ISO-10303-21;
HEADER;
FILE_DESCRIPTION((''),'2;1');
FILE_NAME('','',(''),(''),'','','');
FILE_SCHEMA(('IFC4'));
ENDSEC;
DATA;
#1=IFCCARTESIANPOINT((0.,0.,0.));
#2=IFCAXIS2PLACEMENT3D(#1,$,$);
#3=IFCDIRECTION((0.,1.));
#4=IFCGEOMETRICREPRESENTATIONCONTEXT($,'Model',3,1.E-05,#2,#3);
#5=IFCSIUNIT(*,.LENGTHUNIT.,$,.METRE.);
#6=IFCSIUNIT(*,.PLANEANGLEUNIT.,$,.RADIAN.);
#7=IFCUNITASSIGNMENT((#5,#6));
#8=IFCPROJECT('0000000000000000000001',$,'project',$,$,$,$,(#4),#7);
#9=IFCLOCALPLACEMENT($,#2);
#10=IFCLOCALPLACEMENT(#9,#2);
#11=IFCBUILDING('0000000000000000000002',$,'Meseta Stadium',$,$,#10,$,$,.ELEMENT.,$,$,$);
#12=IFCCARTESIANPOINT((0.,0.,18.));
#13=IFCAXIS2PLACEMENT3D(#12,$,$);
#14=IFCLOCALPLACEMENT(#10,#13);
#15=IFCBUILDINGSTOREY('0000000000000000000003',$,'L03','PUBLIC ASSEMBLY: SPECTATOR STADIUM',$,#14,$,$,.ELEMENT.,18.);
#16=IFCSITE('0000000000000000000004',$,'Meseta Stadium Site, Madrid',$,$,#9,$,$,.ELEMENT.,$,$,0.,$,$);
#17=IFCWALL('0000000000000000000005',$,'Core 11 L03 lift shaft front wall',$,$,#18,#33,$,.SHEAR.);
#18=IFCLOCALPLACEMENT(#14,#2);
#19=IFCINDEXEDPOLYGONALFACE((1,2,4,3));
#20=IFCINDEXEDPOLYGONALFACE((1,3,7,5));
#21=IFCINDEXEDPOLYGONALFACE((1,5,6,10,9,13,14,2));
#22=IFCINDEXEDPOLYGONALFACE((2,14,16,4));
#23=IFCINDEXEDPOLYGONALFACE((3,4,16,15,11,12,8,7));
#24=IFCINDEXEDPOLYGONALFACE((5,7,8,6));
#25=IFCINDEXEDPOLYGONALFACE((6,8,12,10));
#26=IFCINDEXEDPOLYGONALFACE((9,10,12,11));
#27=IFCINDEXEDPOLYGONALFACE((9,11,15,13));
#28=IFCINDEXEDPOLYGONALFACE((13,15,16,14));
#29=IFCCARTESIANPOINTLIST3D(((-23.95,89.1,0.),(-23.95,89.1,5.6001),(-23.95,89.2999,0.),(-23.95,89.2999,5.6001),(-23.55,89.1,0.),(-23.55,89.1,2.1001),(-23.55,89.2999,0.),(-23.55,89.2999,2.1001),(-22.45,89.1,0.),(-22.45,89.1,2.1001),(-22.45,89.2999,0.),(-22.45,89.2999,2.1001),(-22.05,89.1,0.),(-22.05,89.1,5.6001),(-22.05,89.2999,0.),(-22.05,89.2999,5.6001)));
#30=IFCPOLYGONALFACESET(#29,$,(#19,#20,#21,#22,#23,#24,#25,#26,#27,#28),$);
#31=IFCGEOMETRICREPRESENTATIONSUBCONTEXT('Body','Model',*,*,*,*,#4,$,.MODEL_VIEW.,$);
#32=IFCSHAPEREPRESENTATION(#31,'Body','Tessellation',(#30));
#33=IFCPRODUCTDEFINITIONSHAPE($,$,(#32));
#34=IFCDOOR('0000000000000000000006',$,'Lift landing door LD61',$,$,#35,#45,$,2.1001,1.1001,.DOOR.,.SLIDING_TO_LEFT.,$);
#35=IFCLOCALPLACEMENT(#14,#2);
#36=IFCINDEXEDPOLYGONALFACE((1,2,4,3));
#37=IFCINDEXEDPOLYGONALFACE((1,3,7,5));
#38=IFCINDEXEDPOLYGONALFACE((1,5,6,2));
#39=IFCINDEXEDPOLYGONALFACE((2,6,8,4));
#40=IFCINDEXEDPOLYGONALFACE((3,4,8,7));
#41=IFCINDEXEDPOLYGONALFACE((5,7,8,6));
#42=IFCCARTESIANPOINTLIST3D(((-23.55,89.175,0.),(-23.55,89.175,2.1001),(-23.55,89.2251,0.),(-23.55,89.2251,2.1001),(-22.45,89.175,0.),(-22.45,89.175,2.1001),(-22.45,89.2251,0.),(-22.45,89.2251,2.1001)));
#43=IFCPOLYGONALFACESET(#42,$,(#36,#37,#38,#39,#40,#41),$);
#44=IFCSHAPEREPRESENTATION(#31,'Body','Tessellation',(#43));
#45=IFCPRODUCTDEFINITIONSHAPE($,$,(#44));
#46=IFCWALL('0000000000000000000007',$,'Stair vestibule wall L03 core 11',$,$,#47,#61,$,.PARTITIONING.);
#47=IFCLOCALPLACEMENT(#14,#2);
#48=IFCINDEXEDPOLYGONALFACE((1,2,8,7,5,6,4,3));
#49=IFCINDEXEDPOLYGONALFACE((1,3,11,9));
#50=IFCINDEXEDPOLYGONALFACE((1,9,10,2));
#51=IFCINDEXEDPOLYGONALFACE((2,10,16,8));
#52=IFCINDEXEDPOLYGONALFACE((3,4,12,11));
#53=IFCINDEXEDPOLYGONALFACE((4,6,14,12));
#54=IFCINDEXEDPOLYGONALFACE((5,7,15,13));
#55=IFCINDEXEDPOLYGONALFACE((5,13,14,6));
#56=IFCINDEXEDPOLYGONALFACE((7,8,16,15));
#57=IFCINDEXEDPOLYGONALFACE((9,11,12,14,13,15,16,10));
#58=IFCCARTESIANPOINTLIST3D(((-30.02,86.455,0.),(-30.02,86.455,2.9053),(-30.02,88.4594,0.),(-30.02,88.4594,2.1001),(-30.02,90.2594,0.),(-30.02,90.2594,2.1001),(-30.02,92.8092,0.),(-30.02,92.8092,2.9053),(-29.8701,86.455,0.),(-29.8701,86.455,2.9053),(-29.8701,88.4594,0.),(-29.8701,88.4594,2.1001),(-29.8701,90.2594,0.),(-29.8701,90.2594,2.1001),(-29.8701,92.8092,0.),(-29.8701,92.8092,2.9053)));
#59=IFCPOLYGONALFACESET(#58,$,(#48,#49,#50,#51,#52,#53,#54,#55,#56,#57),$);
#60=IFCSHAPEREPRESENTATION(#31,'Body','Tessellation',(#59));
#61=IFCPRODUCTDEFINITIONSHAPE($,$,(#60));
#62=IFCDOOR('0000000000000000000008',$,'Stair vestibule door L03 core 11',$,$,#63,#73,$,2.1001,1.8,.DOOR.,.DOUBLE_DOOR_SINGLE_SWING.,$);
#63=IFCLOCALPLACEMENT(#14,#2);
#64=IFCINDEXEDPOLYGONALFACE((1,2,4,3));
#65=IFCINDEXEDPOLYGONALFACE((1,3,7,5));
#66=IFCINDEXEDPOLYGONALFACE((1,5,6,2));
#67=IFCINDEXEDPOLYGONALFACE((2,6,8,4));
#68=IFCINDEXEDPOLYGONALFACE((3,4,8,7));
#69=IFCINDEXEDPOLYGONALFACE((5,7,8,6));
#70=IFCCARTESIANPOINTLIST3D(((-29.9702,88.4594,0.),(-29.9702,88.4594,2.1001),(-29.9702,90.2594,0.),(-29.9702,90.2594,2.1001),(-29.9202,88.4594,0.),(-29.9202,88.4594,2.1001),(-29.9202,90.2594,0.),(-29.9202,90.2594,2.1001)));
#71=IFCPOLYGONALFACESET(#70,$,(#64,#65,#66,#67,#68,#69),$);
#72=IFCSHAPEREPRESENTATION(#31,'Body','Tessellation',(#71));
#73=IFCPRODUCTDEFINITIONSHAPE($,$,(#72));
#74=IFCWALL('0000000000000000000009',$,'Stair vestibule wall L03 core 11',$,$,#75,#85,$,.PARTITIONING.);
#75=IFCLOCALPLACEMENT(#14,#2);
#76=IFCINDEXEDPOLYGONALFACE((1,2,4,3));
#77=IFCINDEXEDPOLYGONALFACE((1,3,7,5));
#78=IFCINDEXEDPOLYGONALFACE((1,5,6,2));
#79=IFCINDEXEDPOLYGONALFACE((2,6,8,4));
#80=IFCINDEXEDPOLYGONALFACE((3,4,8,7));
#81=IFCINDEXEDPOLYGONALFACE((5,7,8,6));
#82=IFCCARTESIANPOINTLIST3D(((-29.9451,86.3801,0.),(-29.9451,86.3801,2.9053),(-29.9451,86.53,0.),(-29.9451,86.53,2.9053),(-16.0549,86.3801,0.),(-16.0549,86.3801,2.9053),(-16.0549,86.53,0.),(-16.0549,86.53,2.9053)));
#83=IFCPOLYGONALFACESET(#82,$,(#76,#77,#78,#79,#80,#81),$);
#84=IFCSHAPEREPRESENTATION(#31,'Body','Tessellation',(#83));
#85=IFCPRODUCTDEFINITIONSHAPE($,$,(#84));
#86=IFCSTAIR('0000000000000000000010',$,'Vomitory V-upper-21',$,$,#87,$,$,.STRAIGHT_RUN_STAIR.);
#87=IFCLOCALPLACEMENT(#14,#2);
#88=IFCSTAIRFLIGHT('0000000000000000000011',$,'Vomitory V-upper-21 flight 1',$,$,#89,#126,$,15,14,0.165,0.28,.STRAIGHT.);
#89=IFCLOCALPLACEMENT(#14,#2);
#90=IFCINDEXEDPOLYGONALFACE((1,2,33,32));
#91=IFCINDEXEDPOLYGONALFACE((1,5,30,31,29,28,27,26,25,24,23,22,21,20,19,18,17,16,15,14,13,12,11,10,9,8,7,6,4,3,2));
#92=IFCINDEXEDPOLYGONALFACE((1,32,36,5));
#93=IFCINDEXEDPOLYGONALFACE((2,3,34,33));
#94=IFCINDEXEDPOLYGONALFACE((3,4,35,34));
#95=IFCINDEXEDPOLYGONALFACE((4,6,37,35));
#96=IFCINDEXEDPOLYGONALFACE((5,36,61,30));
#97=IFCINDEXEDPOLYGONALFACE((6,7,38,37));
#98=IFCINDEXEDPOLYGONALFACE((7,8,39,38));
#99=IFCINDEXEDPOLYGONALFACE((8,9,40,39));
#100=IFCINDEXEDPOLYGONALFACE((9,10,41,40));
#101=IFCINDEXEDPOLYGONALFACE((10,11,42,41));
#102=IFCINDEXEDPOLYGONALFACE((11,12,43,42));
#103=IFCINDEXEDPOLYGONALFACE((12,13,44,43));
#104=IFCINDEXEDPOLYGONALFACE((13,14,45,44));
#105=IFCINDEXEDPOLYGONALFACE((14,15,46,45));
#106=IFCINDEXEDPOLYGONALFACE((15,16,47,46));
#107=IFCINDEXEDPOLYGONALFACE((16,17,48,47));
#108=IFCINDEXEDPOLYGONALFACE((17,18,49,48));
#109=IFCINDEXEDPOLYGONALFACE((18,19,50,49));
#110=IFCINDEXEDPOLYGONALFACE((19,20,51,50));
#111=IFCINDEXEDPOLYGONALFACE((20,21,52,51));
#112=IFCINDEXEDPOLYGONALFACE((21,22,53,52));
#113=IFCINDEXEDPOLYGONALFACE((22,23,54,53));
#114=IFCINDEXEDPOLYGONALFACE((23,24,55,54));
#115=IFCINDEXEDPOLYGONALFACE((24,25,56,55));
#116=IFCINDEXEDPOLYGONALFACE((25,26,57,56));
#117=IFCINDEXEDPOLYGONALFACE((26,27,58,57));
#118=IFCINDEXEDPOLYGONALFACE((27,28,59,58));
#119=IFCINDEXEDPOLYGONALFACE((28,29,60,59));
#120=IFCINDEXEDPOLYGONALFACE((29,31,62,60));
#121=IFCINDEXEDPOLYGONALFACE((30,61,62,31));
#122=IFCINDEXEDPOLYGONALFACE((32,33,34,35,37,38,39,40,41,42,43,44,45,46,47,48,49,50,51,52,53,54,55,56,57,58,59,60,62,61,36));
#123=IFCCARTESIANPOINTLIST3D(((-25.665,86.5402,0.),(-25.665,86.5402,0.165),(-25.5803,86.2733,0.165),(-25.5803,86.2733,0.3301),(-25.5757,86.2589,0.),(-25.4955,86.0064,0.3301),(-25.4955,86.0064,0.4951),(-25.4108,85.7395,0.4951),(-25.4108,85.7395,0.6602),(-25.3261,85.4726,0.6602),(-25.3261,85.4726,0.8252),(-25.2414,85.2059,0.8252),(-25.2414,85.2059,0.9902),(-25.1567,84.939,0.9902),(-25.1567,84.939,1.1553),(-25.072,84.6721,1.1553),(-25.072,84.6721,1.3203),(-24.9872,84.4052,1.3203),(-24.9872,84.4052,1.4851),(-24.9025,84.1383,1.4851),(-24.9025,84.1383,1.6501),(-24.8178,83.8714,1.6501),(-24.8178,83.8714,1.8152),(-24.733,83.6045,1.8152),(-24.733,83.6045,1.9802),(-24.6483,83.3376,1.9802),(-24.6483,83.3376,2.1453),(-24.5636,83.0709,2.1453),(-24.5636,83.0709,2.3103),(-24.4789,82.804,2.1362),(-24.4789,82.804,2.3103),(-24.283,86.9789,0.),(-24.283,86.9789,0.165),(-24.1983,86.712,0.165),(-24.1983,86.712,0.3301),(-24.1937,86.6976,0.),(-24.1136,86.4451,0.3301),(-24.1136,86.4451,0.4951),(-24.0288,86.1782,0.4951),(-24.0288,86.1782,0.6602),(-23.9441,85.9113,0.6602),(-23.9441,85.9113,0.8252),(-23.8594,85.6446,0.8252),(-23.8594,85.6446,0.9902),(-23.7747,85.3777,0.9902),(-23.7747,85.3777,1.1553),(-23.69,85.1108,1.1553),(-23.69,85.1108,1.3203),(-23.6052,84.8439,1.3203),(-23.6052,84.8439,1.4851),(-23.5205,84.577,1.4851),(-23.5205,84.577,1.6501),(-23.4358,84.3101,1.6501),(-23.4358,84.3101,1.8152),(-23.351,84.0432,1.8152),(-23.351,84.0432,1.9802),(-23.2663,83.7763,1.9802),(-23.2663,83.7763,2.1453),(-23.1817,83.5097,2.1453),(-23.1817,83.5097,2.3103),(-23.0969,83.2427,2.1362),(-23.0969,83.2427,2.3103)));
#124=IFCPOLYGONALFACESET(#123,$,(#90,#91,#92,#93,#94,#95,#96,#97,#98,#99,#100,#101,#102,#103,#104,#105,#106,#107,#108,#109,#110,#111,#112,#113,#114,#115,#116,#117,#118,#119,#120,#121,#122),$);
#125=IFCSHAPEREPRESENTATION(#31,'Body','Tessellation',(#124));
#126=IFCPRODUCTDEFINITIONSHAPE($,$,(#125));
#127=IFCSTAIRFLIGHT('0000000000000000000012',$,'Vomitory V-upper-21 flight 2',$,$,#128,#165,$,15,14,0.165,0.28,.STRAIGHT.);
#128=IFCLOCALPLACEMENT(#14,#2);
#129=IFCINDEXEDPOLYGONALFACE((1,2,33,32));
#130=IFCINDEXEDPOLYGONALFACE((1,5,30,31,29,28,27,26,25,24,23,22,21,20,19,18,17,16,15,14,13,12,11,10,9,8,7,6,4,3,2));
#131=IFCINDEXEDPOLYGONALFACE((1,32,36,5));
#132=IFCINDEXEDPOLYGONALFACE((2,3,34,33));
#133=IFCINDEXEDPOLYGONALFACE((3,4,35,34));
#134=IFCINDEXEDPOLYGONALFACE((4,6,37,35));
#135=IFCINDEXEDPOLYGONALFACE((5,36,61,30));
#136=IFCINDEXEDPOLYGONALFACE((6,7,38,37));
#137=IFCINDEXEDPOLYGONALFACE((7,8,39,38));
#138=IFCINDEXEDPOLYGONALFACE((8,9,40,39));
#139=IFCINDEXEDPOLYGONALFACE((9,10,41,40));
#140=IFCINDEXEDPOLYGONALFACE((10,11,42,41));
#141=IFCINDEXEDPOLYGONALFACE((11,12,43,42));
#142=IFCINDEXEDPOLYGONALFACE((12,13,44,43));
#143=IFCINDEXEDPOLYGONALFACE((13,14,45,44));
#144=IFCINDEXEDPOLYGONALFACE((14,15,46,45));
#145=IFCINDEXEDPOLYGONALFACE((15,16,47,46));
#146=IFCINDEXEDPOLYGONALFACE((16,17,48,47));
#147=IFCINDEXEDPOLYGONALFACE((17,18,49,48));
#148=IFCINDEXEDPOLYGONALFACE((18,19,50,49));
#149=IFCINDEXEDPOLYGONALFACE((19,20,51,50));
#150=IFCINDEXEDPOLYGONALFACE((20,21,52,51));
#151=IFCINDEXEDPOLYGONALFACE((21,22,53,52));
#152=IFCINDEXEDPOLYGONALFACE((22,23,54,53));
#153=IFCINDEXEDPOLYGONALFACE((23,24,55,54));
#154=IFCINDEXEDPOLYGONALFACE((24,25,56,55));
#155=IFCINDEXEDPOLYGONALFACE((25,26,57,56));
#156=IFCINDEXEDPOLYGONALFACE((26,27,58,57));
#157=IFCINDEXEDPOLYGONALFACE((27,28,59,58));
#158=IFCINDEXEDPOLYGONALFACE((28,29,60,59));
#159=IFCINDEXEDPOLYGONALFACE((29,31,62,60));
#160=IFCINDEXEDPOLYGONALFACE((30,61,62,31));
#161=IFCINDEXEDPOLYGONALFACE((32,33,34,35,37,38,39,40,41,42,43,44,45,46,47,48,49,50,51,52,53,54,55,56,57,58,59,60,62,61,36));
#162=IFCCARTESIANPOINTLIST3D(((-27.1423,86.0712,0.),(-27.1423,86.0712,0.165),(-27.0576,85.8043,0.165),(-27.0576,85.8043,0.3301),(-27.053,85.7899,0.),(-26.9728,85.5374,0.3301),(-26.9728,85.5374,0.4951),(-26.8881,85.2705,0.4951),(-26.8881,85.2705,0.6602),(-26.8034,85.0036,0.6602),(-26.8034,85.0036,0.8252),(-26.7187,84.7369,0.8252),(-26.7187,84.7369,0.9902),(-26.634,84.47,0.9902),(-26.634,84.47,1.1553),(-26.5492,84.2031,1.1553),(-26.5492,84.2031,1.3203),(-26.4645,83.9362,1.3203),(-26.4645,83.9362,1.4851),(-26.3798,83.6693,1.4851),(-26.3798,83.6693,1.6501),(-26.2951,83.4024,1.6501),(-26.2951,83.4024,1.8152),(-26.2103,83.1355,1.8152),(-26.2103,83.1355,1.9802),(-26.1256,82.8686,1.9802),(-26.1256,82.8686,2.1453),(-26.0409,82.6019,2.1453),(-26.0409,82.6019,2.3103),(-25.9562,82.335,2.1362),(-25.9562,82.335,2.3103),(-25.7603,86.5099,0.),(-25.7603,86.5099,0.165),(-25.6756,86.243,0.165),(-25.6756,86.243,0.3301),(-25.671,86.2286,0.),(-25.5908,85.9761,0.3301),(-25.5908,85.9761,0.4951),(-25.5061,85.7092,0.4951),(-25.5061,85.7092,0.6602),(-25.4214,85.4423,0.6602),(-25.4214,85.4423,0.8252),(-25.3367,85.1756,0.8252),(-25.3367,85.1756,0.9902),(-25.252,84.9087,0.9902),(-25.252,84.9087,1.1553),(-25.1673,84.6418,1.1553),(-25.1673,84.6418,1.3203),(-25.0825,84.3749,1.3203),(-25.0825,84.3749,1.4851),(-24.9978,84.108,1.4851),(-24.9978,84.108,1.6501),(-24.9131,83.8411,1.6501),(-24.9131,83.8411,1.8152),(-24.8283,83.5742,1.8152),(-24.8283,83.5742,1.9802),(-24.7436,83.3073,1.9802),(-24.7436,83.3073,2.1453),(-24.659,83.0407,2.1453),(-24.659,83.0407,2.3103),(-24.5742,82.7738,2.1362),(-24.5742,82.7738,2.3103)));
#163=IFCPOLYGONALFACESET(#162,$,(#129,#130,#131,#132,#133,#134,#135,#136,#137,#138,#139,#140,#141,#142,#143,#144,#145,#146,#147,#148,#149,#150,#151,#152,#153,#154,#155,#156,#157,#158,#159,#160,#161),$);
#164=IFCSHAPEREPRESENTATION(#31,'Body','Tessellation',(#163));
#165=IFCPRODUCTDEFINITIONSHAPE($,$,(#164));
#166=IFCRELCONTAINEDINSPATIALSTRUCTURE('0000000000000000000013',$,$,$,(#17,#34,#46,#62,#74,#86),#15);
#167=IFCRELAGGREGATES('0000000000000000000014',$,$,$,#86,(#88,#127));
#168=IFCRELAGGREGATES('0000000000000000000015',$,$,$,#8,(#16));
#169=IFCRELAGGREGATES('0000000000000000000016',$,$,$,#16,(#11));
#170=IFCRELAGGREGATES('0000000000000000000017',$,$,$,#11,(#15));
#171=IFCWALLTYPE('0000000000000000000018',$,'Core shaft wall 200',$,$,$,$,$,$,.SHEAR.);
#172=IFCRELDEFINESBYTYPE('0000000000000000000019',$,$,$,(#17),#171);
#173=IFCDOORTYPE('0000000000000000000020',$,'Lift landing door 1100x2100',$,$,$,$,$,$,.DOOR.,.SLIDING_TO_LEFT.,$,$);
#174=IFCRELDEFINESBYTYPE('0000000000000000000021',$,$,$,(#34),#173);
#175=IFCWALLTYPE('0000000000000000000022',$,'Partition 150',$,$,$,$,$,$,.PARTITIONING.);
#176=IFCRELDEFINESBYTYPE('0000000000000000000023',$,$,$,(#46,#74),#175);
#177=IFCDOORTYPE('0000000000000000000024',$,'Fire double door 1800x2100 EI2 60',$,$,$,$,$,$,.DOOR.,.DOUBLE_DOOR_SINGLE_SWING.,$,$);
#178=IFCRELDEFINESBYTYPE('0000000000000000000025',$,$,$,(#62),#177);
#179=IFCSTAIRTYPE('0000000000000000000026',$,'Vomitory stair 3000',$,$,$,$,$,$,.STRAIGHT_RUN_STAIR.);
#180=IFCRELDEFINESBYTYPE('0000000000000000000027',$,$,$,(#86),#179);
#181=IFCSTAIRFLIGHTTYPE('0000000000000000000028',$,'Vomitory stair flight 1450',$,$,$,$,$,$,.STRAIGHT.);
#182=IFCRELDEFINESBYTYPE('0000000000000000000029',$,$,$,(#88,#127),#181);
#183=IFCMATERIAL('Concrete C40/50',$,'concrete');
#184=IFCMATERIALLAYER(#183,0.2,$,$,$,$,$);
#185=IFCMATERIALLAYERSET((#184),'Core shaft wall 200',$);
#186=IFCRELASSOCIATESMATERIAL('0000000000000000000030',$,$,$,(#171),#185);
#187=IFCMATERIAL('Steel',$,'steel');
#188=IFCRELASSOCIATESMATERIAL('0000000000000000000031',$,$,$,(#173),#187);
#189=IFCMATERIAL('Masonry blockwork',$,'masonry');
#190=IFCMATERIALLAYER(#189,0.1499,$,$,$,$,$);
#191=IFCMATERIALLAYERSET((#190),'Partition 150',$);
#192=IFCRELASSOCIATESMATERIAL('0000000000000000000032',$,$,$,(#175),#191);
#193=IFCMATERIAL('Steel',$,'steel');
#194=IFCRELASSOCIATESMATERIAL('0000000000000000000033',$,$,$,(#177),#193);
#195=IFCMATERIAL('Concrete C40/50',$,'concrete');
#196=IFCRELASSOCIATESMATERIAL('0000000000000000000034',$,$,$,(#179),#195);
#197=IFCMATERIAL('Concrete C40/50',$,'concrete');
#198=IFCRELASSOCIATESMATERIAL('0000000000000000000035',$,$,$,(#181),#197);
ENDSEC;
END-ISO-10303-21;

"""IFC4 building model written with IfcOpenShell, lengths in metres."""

from ifc_helpers import new_model, si_unit, direction, frame, frame_2d, origin, place, context, subcontext, project, spatial, polyline, rectangle, outline, extrude, material, layer, layer_set, type_object, element, fill, aggregate, save


model = new_model("IFC4")

# Units and contexts
model_context = context("Model", 3, precision=1e-05, world=origin(), true_north=direction((0.0, 1.0)))
body_context = subcontext(model_context, "Body", "Model", "MODEL_VIEW")
ifc_project = project(units=[si_unit("LENGTHUNIT", "METRE"), si_unit("PLANEANGLEUNIT", "RADIAN")], contexts=[model_context])

# Site, building, storey
site_placement = place(None, origin())
site = spatial("IfcSite", under=ifc_project, at=site_placement, Name="Meseta Stadium Site, Madrid", CompositionType="ELEMENT", RefElevation=0.0)
building_placement = place(site_placement, origin())
building = spatial("IfcBuilding", under=site, at=building_placement, Name="Meseta Stadium", CompositionType="ELEMENT")
storey_placement = place(building_placement, frame((0.0, 0.0, 18.0)))
storey = spatial("IfcBuildingStorey", under=building, at=storey_placement, Name="L03", Description="PUBLIC ASSEMBLY: SPECTATOR STADIUM", CompositionType="ELEMENT", Elevation=18.0)

# Shared definitions
ifc_material_1 = material(Name="Concrete C40/50", Category="concrete")
ifc_layer_1 = layer(ifc_material_1, 0.2)
ifc_layer_set_1 = layer_set([ifc_layer_1], Name="Core shaft wall 200")
wall_type_1 = type_object("IfcWallType", Name="Core shaft wall 200", PredefinedType="SHEAR", material=ifc_layer_set_1)

# Walls, openings, doors
wall_1_placement = place(storey_placement, frame((-22.05, 89.2, 0.0), z_axis=(0.0, 0.0, 1.0), x_axis=(-1.0, 0.0, 0.0)))
wall_1 = element("IfcWall", 1, at=wall_1_placement, inside=storey, type_object=wall_type_1, Name="Core 11 L03 lift shaft front wall", PredefinedType="SHEAR", context=body_context, shape_type="SweptSolid", body=[
    extrude(rectangle(XDim=1.8999, YDim=0.2, at=frame_2d((0.95, 0.0))), origin(), (0.0, 0.0, 1.0), 5.6001),
])
opening_1_placement = place(wall_1_placement, frame((0.3999, 0.0, 0.0)))
opening_1 = element("IfcOpeningElement", 2, at=opening_1_placement, cuts=wall_1, PredefinedType="OPENING", context=body_context, shape_type="SweptSolid", body=[
    extrude(rectangle(XDim=1.1001, YDim=2.1001, at=frame_2d((0.55, 1.05))), frame((0.0, 0.1099, 0.0), z_axis=(0.0, -1.0, 0.0), x_axis=(1.0, 0.0, 0.0)), (0.0, 0.0, 1.0), 0.22),
])
ifc_material_2 = material(Name="Steel", Category="steel")
door_type_1 = type_object("IfcDoorType", Name="Lift landing door 1100x2100", OperationType="SLIDING_TO_LEFT", PredefinedType="DOOR", material=ifc_material_2)
door_1_placement = place(opening_1_placement, origin())
door_1 = element("IfcDoor", 3, at=door_1_placement, inside=storey, type_object=door_type_1, Name="Lift landing door LD61", OperationType="SLIDING_TO_LEFT", OverallHeight=2.1001, OverallWidth=1.1001, PredefinedType="DOOR", context=body_context, shape_type="SweptSolid", body=[
    extrude(rectangle(XDim=1.1001, YDim=2.1001, at=frame_2d((0.55, 1.05))), frame((0.0, 0.0249, 0.0), z_axis=(0.0, -1.0, 0.0), x_axis=(1.0, 0.0, 0.0)), (0.0, 0.0, 1.0), 0.05),
])
fill(opening_1, door_1)
ifc_material_3 = material(Name="Masonry blockwork", Category="masonry")
ifc_layer_2 = layer(ifc_material_3, 0.1499)
ifc_layer_set_2 = layer_set([ifc_layer_2], Name="Partition 150")
wall_type_2 = type_object("IfcWallType", Name="Partition 150", PredefinedType="PARTITIONING", material=ifc_layer_set_2)
wall_2_placement = place(storey_placement, frame((-29.9451, 92.8093, 0.0), z_axis=(0.0, 0.0, 1.0), x_axis=(0.0, -1.0, 0.0)))
wall_2 = element("IfcWall", 4, at=wall_2_placement, inside=storey, type_object=wall_type_2, Name="Stair vestibule wall L03 core 11", PredefinedType="PARTITIONING", context=body_context, shape_type="SweptSolid", body=[
    extrude(rectangle(XDim=6.3542, YDim=0.1499, at=frame_2d((3.1772, 0.0))), origin(), (0.0, 0.0, 1.0), 2.9053),
])
opening_2_placement = place(wall_2_placement, frame((2.55, 0.0, 0.0)))
opening_2 = element("IfcOpeningElement", 5, at=opening_2_placement, cuts=wall_2, PredefinedType="OPENING", context=body_context, shape_type="SweptSolid", body=[
    extrude(rectangle(XDim=1.8, YDim=2.1001, at=frame_2d((0.8999, 1.05))), frame((0.0, 0.085, 0.0), z_axis=(0.0, -1.0, 0.0), x_axis=(1.0, 0.0, 0.0)), (0.0, 0.0, 1.0), 0.1699),
])
ifc_material_4 = material(Name="Steel", Category="steel")
door_type_2 = type_object("IfcDoorType", Name="Fire double door 1800x2100 EI2 60", OperationType="DOUBLE_DOOR_SINGLE_SWING", PredefinedType="DOOR", material=ifc_material_4)
door_2_placement = place(opening_2_placement, origin())
door_2 = element("IfcDoor", 6, at=door_2_placement, inside=storey, type_object=door_type_2, Name="Stair vestibule door L03 core 11", OperationType="DOUBLE_DOOR_SINGLE_SWING", OverallHeight=2.1001, OverallWidth=1.8, PredefinedType="DOOR", context=body_context, shape_type="SweptSolid", body=[
    extrude(rectangle(XDim=1.8, YDim=2.1001, at=frame_2d((0.8999, 1.05))), frame((0.0, 0.0249, 0.0), z_axis=(0.0, -1.0, 0.0), x_axis=(1.0, 0.0, 0.0)), (0.0, 0.0, 1.0), 0.05),
])
fill(opening_2, door_2)

# Wall
wall_3_placement = place(storey_placement, frame((-29.9451, 86.4551, 0.0), z_axis=(0.0, 0.0, 1.0), x_axis=(1.0, 0.0, 0.0)))
element("IfcWall", 7, at=wall_3_placement, inside=storey, type_object=wall_type_2, Name="Stair vestibule wall L03 core 11", PredefinedType="PARTITIONING", context=body_context, shape_type="SweptSolid", body=[
    extrude(rectangle(XDim=13.8901, YDim=0.1499, at=frame_2d((6.9451, 0.0))), origin(), (0.0, 0.0, 1.0), 2.9053),
])

# Stair, stair flights
ifc_material_5 = material(Name="Concrete C40/50", Category="concrete")
stair_type = type_object("IfcStairType", Name="Vomitory stair 3000", PredefinedType="STRAIGHT_RUN_STAIR", material=ifc_material_5)
stair_placement = place(storey_placement, origin())
stair = element("IfcStair", 8, at=stair_placement, inside=storey, type_object=stair_type, Name="Vomitory V-upper-21", PredefinedType="STRAIGHT_RUN_STAIR")
ifc_material_6 = material(Name="Concrete C40/50", Category="concrete")
stair_flight_type = type_object("IfcStairFlightType", Name="Vomitory stair flight 1450", PredefinedType="STRAIGHT", material=ifc_material_6)
stair_flight_1_placement = place(storey_placement, frame((-24.9741, 86.7595, 0.0), z_axis=(0.0, 0.0, 1.0), x_axis=(0.30258, -0.953124, 0.0)))
stair_flight_1 = element("IfcStairFlight", 9, at=stair_flight_1_placement, type_object=stair_flight_type, Name="Vomitory V-upper-21 flight 1", NumberOfRisers=15, NumberOfTreads=14, PredefinedType="STRAIGHT", RiserHeight=0.165, TreadLength=0.28, context=body_context, shape_type="SweptSolid", body=[
    extrude(outline(polyline([(0.0, 0.0), (0.0, 0.165), (0.28, 0.165), (0.28, 0.3301), (0.5601, 0.3301), (0.5601, 0.4951), (0.8401, 0.4951), (0.8401, 0.6602), (1.1201, 0.6602), (1.1201, 0.8252), (1.3999, 0.8252), (1.3999, 0.9902), (1.6799, 0.9902), (1.6799, 1.1553), (1.96, 1.1553), (1.96, 1.3203), (2.24, 1.3203), (2.24, 1.4851), (2.52, 1.4851), (2.52, 1.6501), (2.8, 1.6501), (2.8, 1.8152), (3.0801, 1.8152), (3.0801, 1.9802), (3.3601, 1.9802), (3.3601, 2.1453), (3.6399, 2.1453), (3.6399, 2.3103), (3.9199, 2.3103), (3.9199, 2.1362), (0.2952, 0.0), (0.0, 0.0)])), frame((0.0, 0.7251, 0.0), z_axis=(0.0, -1.0, 0.0), x_axis=(1.0, 0.0, 0.0)), (0.0, 0.0, 1.0), 1.45),
])
stair_flight_2_placement = place(storey_placement, frame((-26.4514, 86.2905, 0.0), z_axis=(0.0, 0.0, 1.0), x_axis=(0.30258, -0.953124, 0.0)))
stair_flight_2 = element("IfcStairFlight", 10, at=stair_flight_2_placement, type_object=stair_flight_type, Name="Vomitory V-upper-21 flight 2", NumberOfRisers=15, NumberOfTreads=14, PredefinedType="STRAIGHT", RiserHeight=0.165, TreadLength=0.28, context=body_context, shape_type="SweptSolid", body=[
    extrude(outline(polyline([(0.0, 0.0), (0.0, 0.165), (0.28, 0.165), (0.28, 0.3301), (0.5601, 0.3301), (0.5601, 0.4951), (0.8401, 0.4951), (0.8401, 0.6602), (1.1201, 0.6602), (1.1201, 0.8252), (1.3999, 0.8252), (1.3999, 0.9902), (1.6799, 0.9902), (1.6799, 1.1553), (1.96, 1.1553), (1.96, 1.3203), (2.24, 1.3203), (2.24, 1.4851), (2.52, 1.4851), (2.52, 1.6501), (2.8, 1.6501), (2.8, 1.8152), (3.0801, 1.8152), (3.0801, 1.9802), (3.3601, 1.9802), (3.3601, 2.1453), (3.6399, 2.1453), (3.6399, 2.3103), (3.9199, 2.3103), (3.9199, 2.1362), (0.2952, 0.0), (0.0, 0.0)])), frame((0.0, 0.7251, 0.0), z_axis=(0.0, -1.0, 0.0), x_axis=(1.0, 0.0, 0.0)), (0.0, 0.0, 1.0), 1.45),
])
aggregate(stair, [stair_flight_1, stair_flight_2])

save(model, "model.ifc")
